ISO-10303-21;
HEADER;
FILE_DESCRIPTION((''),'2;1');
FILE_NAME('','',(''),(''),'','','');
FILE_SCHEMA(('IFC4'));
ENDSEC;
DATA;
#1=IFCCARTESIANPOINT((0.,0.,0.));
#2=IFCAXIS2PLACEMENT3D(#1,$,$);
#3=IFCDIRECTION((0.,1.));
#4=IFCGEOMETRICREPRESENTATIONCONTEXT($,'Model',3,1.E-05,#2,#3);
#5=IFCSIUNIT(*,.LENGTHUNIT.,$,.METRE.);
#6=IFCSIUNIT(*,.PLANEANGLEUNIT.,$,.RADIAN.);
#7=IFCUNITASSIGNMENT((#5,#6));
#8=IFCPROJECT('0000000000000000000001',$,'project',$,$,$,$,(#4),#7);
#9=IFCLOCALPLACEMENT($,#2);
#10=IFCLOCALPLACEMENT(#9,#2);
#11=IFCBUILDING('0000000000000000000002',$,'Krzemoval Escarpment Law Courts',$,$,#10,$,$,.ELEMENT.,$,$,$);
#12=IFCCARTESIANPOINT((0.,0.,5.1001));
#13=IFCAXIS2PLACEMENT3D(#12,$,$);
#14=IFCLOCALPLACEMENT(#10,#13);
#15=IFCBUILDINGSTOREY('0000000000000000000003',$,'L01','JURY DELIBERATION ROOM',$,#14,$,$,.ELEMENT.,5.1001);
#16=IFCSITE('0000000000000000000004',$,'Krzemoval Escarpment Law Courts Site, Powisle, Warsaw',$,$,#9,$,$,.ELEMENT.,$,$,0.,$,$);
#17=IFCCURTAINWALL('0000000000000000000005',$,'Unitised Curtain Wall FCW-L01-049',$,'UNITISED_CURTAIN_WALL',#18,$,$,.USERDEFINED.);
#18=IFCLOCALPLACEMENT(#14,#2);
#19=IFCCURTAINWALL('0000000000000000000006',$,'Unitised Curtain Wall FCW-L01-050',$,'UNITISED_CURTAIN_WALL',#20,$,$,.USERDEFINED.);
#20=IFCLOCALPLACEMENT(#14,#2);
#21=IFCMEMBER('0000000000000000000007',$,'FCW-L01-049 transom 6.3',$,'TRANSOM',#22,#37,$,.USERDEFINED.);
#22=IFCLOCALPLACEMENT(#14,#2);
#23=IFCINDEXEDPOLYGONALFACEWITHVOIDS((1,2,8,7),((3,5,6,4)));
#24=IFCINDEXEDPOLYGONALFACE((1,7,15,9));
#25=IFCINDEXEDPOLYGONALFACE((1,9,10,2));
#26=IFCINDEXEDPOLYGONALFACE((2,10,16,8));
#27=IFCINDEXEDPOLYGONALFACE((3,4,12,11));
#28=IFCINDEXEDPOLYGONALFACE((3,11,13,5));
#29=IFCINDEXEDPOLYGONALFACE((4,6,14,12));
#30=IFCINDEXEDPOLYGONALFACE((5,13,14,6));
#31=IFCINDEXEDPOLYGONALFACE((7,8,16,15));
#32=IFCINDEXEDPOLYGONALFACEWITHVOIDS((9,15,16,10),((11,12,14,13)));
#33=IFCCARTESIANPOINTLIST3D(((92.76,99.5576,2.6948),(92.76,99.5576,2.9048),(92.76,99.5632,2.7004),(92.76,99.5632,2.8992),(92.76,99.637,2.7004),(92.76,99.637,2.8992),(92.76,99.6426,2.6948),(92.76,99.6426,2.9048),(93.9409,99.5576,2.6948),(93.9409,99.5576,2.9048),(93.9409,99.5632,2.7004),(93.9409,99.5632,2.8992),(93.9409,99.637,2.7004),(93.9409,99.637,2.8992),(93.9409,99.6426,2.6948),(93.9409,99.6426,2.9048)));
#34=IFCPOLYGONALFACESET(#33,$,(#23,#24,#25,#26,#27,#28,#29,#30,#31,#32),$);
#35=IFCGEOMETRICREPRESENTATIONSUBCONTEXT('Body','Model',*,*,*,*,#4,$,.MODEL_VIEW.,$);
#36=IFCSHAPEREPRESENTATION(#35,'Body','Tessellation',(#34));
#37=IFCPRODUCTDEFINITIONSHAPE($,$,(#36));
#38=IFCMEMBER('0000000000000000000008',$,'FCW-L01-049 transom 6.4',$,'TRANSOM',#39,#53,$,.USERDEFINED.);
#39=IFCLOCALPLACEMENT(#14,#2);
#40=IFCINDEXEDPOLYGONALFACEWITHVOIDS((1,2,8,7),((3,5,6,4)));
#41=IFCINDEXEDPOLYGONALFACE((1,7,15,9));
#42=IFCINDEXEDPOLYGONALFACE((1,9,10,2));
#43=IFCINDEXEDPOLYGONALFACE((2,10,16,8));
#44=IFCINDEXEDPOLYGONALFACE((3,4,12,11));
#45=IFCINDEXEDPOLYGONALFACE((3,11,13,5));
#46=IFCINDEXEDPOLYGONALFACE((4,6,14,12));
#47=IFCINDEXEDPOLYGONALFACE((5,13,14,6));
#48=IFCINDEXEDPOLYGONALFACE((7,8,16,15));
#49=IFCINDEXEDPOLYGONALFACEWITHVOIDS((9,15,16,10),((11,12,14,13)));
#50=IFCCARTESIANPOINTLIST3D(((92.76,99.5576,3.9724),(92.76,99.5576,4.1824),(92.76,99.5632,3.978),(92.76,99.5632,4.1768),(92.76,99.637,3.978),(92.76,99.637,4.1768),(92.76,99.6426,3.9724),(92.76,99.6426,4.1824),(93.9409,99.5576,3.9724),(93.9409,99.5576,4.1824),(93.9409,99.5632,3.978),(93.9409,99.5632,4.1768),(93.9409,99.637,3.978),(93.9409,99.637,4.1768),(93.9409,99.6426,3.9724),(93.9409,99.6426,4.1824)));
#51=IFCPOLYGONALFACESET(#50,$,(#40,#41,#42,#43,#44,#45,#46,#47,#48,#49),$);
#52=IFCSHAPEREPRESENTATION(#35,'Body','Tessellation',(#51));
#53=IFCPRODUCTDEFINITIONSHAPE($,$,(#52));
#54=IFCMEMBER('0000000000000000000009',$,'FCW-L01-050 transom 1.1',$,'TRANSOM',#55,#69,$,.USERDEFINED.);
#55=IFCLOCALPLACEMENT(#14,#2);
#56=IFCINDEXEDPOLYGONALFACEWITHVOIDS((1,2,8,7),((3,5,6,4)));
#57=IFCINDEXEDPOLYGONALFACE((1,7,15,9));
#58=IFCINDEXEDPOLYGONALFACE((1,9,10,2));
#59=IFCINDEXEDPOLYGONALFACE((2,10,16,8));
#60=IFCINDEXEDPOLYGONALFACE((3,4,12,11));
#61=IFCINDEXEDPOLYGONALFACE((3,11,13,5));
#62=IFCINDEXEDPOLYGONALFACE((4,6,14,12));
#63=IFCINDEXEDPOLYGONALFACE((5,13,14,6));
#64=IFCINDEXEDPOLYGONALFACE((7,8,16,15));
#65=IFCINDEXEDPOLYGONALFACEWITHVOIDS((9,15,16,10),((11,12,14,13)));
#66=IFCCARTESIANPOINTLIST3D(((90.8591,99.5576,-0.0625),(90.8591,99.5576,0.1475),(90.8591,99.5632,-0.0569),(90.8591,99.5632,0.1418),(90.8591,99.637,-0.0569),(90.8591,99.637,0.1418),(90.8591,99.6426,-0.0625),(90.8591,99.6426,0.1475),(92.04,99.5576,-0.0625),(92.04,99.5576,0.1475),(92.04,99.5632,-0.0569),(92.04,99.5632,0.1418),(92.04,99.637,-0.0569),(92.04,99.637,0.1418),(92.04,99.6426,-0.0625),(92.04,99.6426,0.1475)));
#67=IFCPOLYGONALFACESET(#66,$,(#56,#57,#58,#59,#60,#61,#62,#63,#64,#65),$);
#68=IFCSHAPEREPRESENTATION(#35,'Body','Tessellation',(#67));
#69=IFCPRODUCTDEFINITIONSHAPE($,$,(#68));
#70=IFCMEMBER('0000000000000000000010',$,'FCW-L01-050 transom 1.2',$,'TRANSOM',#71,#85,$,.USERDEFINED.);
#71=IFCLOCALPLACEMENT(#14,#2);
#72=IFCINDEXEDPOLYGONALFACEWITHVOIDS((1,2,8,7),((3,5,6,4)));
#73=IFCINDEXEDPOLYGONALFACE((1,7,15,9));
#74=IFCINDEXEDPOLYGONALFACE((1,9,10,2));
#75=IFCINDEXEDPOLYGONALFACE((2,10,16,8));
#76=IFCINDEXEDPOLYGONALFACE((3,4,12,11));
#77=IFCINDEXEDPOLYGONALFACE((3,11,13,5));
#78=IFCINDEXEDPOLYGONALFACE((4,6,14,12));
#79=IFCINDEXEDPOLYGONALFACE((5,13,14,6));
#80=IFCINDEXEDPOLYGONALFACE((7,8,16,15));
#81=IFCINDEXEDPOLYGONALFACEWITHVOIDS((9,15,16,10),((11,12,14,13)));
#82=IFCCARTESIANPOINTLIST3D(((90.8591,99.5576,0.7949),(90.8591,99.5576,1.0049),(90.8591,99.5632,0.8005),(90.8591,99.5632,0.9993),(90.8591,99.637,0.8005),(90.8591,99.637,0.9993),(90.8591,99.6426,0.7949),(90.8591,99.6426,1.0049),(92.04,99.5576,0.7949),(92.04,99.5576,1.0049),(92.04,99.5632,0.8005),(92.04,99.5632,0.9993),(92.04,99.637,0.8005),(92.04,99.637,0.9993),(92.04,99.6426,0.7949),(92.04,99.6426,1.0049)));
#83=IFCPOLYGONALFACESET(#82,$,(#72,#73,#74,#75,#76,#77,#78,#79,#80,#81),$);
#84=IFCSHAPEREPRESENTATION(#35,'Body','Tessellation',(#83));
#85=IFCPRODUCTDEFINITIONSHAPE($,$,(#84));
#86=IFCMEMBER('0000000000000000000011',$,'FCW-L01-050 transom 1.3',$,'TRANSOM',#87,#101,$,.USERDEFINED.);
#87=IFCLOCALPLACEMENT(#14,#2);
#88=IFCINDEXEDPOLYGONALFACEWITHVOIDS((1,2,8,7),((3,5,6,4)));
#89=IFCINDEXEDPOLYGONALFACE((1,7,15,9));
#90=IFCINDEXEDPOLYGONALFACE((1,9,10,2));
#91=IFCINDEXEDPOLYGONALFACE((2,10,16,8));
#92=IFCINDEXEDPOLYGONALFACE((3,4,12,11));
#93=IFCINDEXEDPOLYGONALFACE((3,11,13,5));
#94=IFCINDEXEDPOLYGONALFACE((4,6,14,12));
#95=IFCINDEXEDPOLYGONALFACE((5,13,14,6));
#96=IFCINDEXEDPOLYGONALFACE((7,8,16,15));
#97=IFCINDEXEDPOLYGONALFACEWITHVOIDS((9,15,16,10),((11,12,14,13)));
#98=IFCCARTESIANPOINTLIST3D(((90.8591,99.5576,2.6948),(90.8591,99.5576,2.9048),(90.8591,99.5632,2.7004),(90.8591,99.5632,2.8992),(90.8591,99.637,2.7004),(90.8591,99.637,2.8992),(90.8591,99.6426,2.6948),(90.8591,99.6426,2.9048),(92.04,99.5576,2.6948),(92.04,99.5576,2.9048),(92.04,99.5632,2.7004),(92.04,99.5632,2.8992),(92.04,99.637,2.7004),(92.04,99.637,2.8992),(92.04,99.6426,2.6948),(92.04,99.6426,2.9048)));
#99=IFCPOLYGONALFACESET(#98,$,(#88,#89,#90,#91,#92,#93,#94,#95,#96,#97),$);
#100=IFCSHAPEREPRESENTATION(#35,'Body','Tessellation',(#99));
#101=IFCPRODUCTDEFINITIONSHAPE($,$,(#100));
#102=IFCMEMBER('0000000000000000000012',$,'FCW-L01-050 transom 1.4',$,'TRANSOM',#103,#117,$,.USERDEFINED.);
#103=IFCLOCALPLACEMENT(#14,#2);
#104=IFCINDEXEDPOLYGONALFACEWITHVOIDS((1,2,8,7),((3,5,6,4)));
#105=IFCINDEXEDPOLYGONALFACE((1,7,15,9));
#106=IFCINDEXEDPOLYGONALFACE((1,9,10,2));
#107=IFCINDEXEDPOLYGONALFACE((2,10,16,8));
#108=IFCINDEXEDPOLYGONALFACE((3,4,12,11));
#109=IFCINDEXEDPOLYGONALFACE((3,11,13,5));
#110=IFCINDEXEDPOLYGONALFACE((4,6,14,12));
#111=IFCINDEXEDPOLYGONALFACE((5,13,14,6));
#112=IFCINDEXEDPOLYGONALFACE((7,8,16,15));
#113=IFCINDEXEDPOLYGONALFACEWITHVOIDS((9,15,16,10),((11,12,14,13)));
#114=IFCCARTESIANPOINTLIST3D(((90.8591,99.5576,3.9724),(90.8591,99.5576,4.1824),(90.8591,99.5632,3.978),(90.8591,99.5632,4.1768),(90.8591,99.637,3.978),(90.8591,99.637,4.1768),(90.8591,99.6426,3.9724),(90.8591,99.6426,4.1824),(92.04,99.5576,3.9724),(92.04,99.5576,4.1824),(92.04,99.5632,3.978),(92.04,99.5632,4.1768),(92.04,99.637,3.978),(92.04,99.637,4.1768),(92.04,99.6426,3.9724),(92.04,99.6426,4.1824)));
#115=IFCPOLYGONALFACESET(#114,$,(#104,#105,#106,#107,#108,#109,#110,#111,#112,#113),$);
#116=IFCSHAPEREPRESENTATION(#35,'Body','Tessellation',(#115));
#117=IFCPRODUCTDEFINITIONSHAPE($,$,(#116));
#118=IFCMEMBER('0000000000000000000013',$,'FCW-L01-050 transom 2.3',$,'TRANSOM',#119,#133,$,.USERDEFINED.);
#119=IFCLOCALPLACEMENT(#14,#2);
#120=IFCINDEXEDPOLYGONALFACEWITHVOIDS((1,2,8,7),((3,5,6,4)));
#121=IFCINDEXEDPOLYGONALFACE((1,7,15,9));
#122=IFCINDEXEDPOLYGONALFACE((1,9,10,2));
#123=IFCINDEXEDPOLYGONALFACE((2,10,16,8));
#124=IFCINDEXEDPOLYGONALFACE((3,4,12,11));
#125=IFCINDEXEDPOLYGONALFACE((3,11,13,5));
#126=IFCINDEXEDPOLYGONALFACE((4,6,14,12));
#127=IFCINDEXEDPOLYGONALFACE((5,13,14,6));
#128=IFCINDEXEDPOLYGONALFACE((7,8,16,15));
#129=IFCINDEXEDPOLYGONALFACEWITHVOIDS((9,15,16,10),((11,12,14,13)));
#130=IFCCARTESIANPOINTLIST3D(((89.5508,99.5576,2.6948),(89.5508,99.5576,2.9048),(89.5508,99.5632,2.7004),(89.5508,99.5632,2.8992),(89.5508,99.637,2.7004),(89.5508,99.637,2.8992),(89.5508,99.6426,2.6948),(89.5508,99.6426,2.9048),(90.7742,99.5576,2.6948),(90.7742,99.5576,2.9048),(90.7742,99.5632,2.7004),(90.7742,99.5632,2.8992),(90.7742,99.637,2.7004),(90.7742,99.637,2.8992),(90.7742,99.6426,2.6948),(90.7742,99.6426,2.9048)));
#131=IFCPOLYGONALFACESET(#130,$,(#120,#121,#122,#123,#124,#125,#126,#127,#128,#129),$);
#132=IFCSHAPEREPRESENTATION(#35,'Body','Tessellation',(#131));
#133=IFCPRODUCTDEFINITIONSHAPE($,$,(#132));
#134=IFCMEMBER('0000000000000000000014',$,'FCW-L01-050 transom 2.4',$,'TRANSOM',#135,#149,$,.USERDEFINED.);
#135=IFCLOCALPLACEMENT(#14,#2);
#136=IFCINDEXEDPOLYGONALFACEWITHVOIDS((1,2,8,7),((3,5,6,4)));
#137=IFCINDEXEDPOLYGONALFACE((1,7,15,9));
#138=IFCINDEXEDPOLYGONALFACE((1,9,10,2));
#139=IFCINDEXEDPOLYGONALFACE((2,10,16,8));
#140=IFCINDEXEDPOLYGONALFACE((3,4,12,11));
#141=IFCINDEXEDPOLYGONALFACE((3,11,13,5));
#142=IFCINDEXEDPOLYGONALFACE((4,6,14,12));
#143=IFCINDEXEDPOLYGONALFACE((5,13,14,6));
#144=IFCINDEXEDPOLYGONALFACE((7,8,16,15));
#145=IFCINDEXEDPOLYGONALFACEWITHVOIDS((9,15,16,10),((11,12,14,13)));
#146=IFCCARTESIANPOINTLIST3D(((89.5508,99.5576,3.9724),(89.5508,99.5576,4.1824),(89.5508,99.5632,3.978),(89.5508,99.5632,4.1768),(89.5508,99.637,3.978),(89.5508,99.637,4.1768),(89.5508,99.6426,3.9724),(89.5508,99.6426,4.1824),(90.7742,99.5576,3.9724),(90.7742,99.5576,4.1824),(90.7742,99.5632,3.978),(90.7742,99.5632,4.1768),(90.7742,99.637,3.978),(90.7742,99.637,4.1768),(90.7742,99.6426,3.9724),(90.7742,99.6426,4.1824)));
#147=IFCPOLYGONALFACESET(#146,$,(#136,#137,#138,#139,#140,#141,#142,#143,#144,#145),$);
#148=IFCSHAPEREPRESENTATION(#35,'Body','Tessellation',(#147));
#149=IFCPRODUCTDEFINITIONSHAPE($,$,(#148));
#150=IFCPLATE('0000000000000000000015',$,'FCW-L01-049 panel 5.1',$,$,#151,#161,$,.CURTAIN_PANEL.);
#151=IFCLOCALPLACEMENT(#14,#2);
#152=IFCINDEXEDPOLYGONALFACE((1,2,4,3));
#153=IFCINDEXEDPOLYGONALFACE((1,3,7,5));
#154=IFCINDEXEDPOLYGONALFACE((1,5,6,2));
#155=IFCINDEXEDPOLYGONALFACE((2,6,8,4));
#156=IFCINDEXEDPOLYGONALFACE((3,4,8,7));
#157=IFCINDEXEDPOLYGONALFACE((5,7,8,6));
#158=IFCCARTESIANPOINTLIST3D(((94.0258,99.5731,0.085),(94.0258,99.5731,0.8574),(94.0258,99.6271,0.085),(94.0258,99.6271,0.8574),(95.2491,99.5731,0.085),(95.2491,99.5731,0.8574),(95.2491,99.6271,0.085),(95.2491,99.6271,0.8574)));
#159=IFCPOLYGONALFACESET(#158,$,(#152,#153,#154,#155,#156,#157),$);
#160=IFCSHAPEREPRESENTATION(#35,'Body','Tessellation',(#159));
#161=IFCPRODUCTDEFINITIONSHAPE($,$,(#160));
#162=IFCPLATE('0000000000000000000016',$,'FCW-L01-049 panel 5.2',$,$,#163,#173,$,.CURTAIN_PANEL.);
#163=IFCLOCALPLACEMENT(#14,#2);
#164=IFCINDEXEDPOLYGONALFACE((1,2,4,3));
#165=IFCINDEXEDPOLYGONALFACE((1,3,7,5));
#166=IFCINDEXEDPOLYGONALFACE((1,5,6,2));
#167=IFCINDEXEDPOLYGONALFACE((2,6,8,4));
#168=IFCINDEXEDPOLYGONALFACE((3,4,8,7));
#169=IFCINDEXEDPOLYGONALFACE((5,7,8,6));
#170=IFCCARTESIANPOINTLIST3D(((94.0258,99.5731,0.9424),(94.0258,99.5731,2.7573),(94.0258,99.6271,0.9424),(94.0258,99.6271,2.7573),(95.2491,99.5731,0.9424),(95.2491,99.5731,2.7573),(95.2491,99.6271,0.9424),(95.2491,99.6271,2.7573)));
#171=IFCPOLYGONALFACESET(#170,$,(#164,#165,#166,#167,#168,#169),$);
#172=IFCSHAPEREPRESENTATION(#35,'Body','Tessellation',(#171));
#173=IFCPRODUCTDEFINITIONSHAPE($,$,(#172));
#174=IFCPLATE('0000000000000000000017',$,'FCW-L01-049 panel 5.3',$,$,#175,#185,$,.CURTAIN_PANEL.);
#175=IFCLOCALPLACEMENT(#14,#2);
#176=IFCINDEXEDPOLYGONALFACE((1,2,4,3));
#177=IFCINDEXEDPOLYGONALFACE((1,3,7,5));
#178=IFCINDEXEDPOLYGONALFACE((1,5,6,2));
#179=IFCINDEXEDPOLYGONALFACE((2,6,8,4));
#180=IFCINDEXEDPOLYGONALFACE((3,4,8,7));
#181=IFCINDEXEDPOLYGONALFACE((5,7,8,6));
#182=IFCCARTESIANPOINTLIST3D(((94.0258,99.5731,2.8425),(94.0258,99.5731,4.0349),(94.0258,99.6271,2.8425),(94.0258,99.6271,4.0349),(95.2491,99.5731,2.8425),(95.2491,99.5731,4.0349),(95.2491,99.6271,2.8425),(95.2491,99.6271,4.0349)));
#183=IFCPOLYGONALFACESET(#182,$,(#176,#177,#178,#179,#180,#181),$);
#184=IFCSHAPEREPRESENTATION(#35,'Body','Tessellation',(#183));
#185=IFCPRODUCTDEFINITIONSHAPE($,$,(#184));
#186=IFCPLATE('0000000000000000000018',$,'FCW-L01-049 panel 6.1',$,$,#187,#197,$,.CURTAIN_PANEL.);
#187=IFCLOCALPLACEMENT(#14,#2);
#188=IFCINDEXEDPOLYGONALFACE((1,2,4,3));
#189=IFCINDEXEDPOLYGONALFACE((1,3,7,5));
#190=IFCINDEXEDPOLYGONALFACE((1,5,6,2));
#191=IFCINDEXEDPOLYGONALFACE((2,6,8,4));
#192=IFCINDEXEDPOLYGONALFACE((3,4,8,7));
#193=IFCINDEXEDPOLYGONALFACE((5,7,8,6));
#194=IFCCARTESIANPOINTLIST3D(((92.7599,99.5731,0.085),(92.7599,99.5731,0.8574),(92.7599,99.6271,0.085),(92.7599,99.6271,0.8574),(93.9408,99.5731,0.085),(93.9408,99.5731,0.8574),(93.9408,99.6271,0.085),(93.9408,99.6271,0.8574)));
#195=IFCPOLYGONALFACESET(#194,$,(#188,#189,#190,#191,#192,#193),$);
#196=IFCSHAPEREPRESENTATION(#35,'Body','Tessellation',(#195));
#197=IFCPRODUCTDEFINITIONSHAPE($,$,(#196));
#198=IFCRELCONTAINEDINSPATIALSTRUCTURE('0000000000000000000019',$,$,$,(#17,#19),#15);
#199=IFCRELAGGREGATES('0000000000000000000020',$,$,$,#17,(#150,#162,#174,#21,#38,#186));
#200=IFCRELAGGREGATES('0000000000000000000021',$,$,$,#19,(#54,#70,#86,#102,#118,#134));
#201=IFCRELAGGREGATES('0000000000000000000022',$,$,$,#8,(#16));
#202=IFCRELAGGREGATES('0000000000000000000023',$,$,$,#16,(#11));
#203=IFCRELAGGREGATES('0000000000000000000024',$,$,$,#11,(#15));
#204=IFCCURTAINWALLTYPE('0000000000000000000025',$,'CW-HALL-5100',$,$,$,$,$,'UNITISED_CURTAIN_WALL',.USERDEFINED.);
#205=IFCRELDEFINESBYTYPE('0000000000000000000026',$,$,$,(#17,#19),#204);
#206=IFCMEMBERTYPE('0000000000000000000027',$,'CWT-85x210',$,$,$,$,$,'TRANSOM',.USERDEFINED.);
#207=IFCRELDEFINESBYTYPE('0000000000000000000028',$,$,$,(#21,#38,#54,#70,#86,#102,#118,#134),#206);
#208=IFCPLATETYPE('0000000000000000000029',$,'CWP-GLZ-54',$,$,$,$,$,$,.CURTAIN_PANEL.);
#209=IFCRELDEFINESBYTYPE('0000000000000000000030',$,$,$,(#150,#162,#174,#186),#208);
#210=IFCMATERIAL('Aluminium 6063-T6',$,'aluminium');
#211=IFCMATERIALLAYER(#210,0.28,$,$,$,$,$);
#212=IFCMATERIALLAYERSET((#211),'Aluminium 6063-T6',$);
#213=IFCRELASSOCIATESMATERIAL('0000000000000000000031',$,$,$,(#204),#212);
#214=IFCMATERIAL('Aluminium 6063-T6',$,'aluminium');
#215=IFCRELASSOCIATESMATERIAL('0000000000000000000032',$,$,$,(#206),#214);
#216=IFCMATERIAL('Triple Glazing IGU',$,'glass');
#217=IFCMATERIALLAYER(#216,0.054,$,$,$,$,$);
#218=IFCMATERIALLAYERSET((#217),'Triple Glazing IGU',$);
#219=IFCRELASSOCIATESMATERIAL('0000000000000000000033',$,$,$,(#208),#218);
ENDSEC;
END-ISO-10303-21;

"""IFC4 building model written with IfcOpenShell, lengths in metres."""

from ifc_helpers import new_model, si_unit, direction, frame, origin, origin_2d, place, context, subcontext, project, spatial, rectangle, hollow_rectangle, extrude, material, layer, layer_set, material_profile, profile_set, type_object, element, aggregate, save


model = new_model("IFC4")

# Units and contexts
model_context = context("Model", 3, precision=1e-05, world=origin(), true_north=direction((0.0, 1.0)))
body_context = subcontext(model_context, "Body", "Model", "MODEL_VIEW")
ifc_project = project(units=[si_unit("LENGTHUNIT", "METRE"), si_unit("PLANEANGLEUNIT", "RADIAN")], contexts=[model_context])

# Site, building, storey
site_placement = place(None, origin())
site = spatial("IfcSite", under=ifc_project, at=site_placement, Name="Krzemoval Escarpment Law Courts Site, Powisle, Warsaw", CompositionType="ELEMENT", RefElevation=0.0)
building_placement = place(site_placement, origin())
building = spatial("IfcBuilding", under=site, at=building_placement, Name="Krzemoval Escarpment Law Courts", CompositionType="ELEMENT")
storey_placement = place(building_placement, frame((0.0, 0.0, 5.1001)))
storey = spatial("IfcBuildingStorey", under=building, at=storey_placement, Name="L01", Description="JURY DELIBERATION ROOM", CompositionType="ELEMENT", Elevation=5.1001)

# Curtain walls
ifc_material_1 = material(Name="Aluminium 6063-T6", Category="aluminium")
ifc_layer_1 = layer(ifc_material_1, 0.28)
ifc_layer_set_1 = layer_set([ifc_layer_1], Name="Aluminium 6063-T6")
curtain_wall_type = type_object("IfcCurtainWallType", Name="CW-HALL-5100", ElementType="UNITISED_CURTAIN_WALL", PredefinedType="USERDEFINED", material=ifc_layer_set_1)
curtain_wall_1_placement = place(storey_placement, origin())
curtain_wall_1 = element("IfcCurtainWall", 1, at=curtain_wall_1_placement, inside=storey, type_object=curtain_wall_type, Name="Unitised Curtain Wall FCW-L01-049", ObjectType="UNITISED_CURTAIN_WALL", PredefinedType="USERDEFINED")
curtain_wall_2_placement = place(storey_placement, origin())
curtain_wall_2 = element("IfcCurtainWall", 2, at=curtain_wall_2_placement, inside=storey, type_object=curtain_wall_type, Name="Unitised Curtain Wall FCW-L01-050", ObjectType="UNITISED_CURTAIN_WALL", PredefinedType="USERDEFINED")

# Members
ifc_material_2 = material(Name="Aluminium 6063-T6", Category="aluminium")
ifc_material_profile_1 = material_profile(ifc_material_2, hollow_rectangle(XDim=0.085, YDim=0.21, WallThickness=0.0056, at=origin_2d()), Name="ALU T85x210")
ifc_profile_set_1 = profile_set([ifc_material_profile_1], Name="Aluminium 6063-T6")
member_type_1 = type_object("IfcMemberType", Name="CWT-85x210", ElementType="TRANSOM", PredefinedType="USERDEFINED", material=ifc_profile_set_1)
member_1_placement = place(storey_placement, frame((93.9409, 99.6001, 2.7998), z_axis=(-1.0, 0.0, 0.0), x_axis=(0.0, -1.0, 0.0)))
member_1 = element("IfcMember", 3, at=member_1_placement, type_object=member_type_1, Name="FCW-L01-049 transom 6.3", ObjectType="TRANSOM", PredefinedType="USERDEFINED", context=body_context, shape_type="SweptSolid", body=[
    extrude(hollow_rectangle(XDim=0.085, YDim=0.21, WallThickness=0.0056, at=origin_2d()), origin(), (0.0, 0.0, 1.0), 1.1809),
])
member_2_placement = place(storey_placement, frame((93.9409, 99.6001, 4.0774), z_axis=(-1.0, 0.0, 0.0), x_axis=(0.0, -1.0, 0.0)))
member_2 = element("IfcMember", 4, at=member_2_placement, type_object=member_type_1, Name="FCW-L01-049 transom 6.4", ObjectType="TRANSOM", PredefinedType="USERDEFINED", context=body_context, shape_type="SweptSolid", body=[
    extrude(hollow_rectangle(XDim=0.085, YDim=0.21, WallThickness=0.0056, at=origin_2d()), origin(), (0.0, 0.0, 1.0), 1.1809),
])
member_3_placement = place(storey_placement, frame((92.04, 99.6001, 0.0425), z_axis=(-1.0, 0.0, 0.0), x_axis=(0.0, -1.0, 0.0)))
member_3 = element("IfcMember", 5, at=member_3_placement, type_object=member_type_1, Name="FCW-L01-050 transom 1.1", ObjectType="TRANSOM", PredefinedType="USERDEFINED", context=body_context, shape_type="SweptSolid", body=[
    extrude(hollow_rectangle(XDim=0.085, YDim=0.21, WallThickness=0.0056, at=origin_2d()), origin(), (0.0, 0.0, 1.0), 1.1809),
])
member_4_placement = place(storey_placement, frame((92.04, 99.6001, 0.8999), z_axis=(-1.0, 0.0, 0.0), x_axis=(0.0, -1.0, 0.0)))
member_4 = element("IfcMember", 6, at=member_4_placement, type_object=member_type_1, Name="FCW-L01-050 transom 1.2", ObjectType="TRANSOM", PredefinedType="USERDEFINED", context=body_context, shape_type="SweptSolid", body=[
    extrude(hollow_rectangle(XDim=0.085, YDim=0.21, WallThickness=0.0056, at=origin_2d()), origin(), (0.0, 0.0, 1.0), 1.1809),
])
member_5_placement = place(storey_placement, frame((92.04, 99.6001, 2.7998), z_axis=(-1.0, 0.0, 0.0), x_axis=(0.0, -1.0, 0.0)))
member_5 = element("IfcMember", 7, at=member_5_placement, type_object=member_type_1, Name="FCW-L01-050 transom 1.3", ObjectType="TRANSOM", PredefinedType="USERDEFINED", context=body_context, shape_type="SweptSolid", body=[
    extrude(hollow_rectangle(XDim=0.085, YDim=0.21, WallThickness=0.0056, at=origin_2d()), origin(), (0.0, 0.0, 1.0), 1.1809),
])
member_6_placement = place(storey_placement, frame((92.04, 99.6001, 4.0774), z_axis=(-1.0, 0.0, 0.0), x_axis=(0.0, -1.0, 0.0)))
member_6 = element("IfcMember", 8, at=member_6_placement, type_object=member_type_1, Name="FCW-L01-050 transom 1.4", ObjectType="TRANSOM", PredefinedType="USERDEFINED", context=body_context, shape_type="SweptSolid", body=[
    extrude(hollow_rectangle(XDim=0.085, YDim=0.21, WallThickness=0.0056, at=origin_2d()), origin(), (0.0, 0.0, 1.0), 1.1809),
])
member_7_placement = place(storey_placement, frame((90.7742, 99.6001, 2.7998), z_axis=(-1.0, 0.0, 0.0), x_axis=(0.0, -1.0, 0.0)))
member_7 = element("IfcMember", 9, at=member_7_placement, type_object=member_type_1, Name="FCW-L01-050 transom 2.3", ObjectType="TRANSOM", PredefinedType="USERDEFINED", context=body_context, shape_type="SweptSolid", body=[
    extrude(hollow_rectangle(XDim=0.085, YDim=0.21, WallThickness=0.0056, at=origin_2d()), origin(), (0.0, 0.0, 1.0), 1.2234),
])
member_8_placement = place(storey_placement, frame((90.7742, 99.6001, 4.0774), z_axis=(-1.0, 0.0, 0.0), x_axis=(0.0, -1.0, 0.0)))
member_8 = element("IfcMember", 10, at=member_8_placement, type_object=member_type_1, Name="FCW-L01-050 transom 2.4", ObjectType="TRANSOM", PredefinedType="USERDEFINED", context=body_context, shape_type="SweptSolid", body=[
    extrude(hollow_rectangle(XDim=0.085, YDim=0.21, WallThickness=0.0056, at=origin_2d()), origin(), (0.0, 0.0, 1.0), 1.2234),
])

# Plates
ifc_material_3 = material(Name="Triple Glazing IGU", Category="glass")
ifc_layer_2 = layer(ifc_material_3, 0.054)
ifc_layer_set_2 = layer_set([ifc_layer_2], Name="Triple Glazing IGU")
plate_type = type_object("IfcPlateType", Name="CWP-GLZ-54", PredefinedType="CURTAIN_PANEL", material=ifc_layer_set_2)
plate_1_placement = place(storey_placement, frame((94.6375, 99.6001, 0.085), z_axis=(0.0, 0.0, 1.0), x_axis=(-1.0, 0.0, 0.0)))
plate_1 = element("IfcPlate", 11, at=plate_1_placement, type_object=plate_type, Name="FCW-L01-049 panel 5.1", PredefinedType="CURTAIN_PANEL", context=body_context, shape_type="SweptSolid", body=[
    extrude(rectangle(XDim=1.2234, YDim=0.054, at=origin_2d()), origin(), (0.0, 0.0, 1.0), 0.7725),
])
plate_2_placement = place(storey_placement, frame((94.6375, 99.6001, 0.9424), z_axis=(0.0, 0.0, 1.0), x_axis=(-1.0, 0.0, 0.0)))
plate_2 = element("IfcPlate", 12, at=plate_2_placement, type_object=plate_type, Name="FCW-L01-049 panel 5.2", PredefinedType="CURTAIN_PANEL", context=body_context, shape_type="SweptSolid", body=[
    extrude(rectangle(XDim=1.2234, YDim=0.054, at=origin_2d()), origin(), (0.0, 0.0, 1.0), 1.8149),
])
plate_3_placement = place(storey_placement, frame((94.6375, 99.6001, 2.8425), z_axis=(0.0, 0.0, 1.0), x_axis=(-1.0, 0.0, 0.0)))
plate_3 = element("IfcPlate", 13, at=plate_3_placement, type_object=plate_type, Name="FCW-L01-049 panel 5.3", PredefinedType="CURTAIN_PANEL", context=body_context, shape_type="SweptSolid", body=[
    extrude(rectangle(XDim=1.2234, YDim=0.054, at=origin_2d()), origin(), (0.0, 0.0, 1.0), 1.1924),
])
plate_4_placement = place(storey_placement, frame((93.3503, 99.6001, 0.085), z_axis=(0.0, 0.0, 1.0), x_axis=(-1.0, 0.0, 0.0)))
plate_4 = element("IfcPlate", 14, at=plate_4_placement, type_object=plate_type, Name="FCW-L01-049 panel 6.1", PredefinedType="CURTAIN_PANEL", context=body_context, shape_type="SweptSolid", body=[
    extrude(rectangle(XDim=1.1809, YDim=0.054, at=origin_2d()), origin(), (0.0, 0.0, 1.0), 0.7725),
])
aggregate(curtain_wall_1, [plate_1, plate_2, plate_3, member_1, member_2, plate_4])
aggregate(curtain_wall_2, [member_3, member_4, member_5, member_6, member_7, member_8])

save(model, "model.ifc")
